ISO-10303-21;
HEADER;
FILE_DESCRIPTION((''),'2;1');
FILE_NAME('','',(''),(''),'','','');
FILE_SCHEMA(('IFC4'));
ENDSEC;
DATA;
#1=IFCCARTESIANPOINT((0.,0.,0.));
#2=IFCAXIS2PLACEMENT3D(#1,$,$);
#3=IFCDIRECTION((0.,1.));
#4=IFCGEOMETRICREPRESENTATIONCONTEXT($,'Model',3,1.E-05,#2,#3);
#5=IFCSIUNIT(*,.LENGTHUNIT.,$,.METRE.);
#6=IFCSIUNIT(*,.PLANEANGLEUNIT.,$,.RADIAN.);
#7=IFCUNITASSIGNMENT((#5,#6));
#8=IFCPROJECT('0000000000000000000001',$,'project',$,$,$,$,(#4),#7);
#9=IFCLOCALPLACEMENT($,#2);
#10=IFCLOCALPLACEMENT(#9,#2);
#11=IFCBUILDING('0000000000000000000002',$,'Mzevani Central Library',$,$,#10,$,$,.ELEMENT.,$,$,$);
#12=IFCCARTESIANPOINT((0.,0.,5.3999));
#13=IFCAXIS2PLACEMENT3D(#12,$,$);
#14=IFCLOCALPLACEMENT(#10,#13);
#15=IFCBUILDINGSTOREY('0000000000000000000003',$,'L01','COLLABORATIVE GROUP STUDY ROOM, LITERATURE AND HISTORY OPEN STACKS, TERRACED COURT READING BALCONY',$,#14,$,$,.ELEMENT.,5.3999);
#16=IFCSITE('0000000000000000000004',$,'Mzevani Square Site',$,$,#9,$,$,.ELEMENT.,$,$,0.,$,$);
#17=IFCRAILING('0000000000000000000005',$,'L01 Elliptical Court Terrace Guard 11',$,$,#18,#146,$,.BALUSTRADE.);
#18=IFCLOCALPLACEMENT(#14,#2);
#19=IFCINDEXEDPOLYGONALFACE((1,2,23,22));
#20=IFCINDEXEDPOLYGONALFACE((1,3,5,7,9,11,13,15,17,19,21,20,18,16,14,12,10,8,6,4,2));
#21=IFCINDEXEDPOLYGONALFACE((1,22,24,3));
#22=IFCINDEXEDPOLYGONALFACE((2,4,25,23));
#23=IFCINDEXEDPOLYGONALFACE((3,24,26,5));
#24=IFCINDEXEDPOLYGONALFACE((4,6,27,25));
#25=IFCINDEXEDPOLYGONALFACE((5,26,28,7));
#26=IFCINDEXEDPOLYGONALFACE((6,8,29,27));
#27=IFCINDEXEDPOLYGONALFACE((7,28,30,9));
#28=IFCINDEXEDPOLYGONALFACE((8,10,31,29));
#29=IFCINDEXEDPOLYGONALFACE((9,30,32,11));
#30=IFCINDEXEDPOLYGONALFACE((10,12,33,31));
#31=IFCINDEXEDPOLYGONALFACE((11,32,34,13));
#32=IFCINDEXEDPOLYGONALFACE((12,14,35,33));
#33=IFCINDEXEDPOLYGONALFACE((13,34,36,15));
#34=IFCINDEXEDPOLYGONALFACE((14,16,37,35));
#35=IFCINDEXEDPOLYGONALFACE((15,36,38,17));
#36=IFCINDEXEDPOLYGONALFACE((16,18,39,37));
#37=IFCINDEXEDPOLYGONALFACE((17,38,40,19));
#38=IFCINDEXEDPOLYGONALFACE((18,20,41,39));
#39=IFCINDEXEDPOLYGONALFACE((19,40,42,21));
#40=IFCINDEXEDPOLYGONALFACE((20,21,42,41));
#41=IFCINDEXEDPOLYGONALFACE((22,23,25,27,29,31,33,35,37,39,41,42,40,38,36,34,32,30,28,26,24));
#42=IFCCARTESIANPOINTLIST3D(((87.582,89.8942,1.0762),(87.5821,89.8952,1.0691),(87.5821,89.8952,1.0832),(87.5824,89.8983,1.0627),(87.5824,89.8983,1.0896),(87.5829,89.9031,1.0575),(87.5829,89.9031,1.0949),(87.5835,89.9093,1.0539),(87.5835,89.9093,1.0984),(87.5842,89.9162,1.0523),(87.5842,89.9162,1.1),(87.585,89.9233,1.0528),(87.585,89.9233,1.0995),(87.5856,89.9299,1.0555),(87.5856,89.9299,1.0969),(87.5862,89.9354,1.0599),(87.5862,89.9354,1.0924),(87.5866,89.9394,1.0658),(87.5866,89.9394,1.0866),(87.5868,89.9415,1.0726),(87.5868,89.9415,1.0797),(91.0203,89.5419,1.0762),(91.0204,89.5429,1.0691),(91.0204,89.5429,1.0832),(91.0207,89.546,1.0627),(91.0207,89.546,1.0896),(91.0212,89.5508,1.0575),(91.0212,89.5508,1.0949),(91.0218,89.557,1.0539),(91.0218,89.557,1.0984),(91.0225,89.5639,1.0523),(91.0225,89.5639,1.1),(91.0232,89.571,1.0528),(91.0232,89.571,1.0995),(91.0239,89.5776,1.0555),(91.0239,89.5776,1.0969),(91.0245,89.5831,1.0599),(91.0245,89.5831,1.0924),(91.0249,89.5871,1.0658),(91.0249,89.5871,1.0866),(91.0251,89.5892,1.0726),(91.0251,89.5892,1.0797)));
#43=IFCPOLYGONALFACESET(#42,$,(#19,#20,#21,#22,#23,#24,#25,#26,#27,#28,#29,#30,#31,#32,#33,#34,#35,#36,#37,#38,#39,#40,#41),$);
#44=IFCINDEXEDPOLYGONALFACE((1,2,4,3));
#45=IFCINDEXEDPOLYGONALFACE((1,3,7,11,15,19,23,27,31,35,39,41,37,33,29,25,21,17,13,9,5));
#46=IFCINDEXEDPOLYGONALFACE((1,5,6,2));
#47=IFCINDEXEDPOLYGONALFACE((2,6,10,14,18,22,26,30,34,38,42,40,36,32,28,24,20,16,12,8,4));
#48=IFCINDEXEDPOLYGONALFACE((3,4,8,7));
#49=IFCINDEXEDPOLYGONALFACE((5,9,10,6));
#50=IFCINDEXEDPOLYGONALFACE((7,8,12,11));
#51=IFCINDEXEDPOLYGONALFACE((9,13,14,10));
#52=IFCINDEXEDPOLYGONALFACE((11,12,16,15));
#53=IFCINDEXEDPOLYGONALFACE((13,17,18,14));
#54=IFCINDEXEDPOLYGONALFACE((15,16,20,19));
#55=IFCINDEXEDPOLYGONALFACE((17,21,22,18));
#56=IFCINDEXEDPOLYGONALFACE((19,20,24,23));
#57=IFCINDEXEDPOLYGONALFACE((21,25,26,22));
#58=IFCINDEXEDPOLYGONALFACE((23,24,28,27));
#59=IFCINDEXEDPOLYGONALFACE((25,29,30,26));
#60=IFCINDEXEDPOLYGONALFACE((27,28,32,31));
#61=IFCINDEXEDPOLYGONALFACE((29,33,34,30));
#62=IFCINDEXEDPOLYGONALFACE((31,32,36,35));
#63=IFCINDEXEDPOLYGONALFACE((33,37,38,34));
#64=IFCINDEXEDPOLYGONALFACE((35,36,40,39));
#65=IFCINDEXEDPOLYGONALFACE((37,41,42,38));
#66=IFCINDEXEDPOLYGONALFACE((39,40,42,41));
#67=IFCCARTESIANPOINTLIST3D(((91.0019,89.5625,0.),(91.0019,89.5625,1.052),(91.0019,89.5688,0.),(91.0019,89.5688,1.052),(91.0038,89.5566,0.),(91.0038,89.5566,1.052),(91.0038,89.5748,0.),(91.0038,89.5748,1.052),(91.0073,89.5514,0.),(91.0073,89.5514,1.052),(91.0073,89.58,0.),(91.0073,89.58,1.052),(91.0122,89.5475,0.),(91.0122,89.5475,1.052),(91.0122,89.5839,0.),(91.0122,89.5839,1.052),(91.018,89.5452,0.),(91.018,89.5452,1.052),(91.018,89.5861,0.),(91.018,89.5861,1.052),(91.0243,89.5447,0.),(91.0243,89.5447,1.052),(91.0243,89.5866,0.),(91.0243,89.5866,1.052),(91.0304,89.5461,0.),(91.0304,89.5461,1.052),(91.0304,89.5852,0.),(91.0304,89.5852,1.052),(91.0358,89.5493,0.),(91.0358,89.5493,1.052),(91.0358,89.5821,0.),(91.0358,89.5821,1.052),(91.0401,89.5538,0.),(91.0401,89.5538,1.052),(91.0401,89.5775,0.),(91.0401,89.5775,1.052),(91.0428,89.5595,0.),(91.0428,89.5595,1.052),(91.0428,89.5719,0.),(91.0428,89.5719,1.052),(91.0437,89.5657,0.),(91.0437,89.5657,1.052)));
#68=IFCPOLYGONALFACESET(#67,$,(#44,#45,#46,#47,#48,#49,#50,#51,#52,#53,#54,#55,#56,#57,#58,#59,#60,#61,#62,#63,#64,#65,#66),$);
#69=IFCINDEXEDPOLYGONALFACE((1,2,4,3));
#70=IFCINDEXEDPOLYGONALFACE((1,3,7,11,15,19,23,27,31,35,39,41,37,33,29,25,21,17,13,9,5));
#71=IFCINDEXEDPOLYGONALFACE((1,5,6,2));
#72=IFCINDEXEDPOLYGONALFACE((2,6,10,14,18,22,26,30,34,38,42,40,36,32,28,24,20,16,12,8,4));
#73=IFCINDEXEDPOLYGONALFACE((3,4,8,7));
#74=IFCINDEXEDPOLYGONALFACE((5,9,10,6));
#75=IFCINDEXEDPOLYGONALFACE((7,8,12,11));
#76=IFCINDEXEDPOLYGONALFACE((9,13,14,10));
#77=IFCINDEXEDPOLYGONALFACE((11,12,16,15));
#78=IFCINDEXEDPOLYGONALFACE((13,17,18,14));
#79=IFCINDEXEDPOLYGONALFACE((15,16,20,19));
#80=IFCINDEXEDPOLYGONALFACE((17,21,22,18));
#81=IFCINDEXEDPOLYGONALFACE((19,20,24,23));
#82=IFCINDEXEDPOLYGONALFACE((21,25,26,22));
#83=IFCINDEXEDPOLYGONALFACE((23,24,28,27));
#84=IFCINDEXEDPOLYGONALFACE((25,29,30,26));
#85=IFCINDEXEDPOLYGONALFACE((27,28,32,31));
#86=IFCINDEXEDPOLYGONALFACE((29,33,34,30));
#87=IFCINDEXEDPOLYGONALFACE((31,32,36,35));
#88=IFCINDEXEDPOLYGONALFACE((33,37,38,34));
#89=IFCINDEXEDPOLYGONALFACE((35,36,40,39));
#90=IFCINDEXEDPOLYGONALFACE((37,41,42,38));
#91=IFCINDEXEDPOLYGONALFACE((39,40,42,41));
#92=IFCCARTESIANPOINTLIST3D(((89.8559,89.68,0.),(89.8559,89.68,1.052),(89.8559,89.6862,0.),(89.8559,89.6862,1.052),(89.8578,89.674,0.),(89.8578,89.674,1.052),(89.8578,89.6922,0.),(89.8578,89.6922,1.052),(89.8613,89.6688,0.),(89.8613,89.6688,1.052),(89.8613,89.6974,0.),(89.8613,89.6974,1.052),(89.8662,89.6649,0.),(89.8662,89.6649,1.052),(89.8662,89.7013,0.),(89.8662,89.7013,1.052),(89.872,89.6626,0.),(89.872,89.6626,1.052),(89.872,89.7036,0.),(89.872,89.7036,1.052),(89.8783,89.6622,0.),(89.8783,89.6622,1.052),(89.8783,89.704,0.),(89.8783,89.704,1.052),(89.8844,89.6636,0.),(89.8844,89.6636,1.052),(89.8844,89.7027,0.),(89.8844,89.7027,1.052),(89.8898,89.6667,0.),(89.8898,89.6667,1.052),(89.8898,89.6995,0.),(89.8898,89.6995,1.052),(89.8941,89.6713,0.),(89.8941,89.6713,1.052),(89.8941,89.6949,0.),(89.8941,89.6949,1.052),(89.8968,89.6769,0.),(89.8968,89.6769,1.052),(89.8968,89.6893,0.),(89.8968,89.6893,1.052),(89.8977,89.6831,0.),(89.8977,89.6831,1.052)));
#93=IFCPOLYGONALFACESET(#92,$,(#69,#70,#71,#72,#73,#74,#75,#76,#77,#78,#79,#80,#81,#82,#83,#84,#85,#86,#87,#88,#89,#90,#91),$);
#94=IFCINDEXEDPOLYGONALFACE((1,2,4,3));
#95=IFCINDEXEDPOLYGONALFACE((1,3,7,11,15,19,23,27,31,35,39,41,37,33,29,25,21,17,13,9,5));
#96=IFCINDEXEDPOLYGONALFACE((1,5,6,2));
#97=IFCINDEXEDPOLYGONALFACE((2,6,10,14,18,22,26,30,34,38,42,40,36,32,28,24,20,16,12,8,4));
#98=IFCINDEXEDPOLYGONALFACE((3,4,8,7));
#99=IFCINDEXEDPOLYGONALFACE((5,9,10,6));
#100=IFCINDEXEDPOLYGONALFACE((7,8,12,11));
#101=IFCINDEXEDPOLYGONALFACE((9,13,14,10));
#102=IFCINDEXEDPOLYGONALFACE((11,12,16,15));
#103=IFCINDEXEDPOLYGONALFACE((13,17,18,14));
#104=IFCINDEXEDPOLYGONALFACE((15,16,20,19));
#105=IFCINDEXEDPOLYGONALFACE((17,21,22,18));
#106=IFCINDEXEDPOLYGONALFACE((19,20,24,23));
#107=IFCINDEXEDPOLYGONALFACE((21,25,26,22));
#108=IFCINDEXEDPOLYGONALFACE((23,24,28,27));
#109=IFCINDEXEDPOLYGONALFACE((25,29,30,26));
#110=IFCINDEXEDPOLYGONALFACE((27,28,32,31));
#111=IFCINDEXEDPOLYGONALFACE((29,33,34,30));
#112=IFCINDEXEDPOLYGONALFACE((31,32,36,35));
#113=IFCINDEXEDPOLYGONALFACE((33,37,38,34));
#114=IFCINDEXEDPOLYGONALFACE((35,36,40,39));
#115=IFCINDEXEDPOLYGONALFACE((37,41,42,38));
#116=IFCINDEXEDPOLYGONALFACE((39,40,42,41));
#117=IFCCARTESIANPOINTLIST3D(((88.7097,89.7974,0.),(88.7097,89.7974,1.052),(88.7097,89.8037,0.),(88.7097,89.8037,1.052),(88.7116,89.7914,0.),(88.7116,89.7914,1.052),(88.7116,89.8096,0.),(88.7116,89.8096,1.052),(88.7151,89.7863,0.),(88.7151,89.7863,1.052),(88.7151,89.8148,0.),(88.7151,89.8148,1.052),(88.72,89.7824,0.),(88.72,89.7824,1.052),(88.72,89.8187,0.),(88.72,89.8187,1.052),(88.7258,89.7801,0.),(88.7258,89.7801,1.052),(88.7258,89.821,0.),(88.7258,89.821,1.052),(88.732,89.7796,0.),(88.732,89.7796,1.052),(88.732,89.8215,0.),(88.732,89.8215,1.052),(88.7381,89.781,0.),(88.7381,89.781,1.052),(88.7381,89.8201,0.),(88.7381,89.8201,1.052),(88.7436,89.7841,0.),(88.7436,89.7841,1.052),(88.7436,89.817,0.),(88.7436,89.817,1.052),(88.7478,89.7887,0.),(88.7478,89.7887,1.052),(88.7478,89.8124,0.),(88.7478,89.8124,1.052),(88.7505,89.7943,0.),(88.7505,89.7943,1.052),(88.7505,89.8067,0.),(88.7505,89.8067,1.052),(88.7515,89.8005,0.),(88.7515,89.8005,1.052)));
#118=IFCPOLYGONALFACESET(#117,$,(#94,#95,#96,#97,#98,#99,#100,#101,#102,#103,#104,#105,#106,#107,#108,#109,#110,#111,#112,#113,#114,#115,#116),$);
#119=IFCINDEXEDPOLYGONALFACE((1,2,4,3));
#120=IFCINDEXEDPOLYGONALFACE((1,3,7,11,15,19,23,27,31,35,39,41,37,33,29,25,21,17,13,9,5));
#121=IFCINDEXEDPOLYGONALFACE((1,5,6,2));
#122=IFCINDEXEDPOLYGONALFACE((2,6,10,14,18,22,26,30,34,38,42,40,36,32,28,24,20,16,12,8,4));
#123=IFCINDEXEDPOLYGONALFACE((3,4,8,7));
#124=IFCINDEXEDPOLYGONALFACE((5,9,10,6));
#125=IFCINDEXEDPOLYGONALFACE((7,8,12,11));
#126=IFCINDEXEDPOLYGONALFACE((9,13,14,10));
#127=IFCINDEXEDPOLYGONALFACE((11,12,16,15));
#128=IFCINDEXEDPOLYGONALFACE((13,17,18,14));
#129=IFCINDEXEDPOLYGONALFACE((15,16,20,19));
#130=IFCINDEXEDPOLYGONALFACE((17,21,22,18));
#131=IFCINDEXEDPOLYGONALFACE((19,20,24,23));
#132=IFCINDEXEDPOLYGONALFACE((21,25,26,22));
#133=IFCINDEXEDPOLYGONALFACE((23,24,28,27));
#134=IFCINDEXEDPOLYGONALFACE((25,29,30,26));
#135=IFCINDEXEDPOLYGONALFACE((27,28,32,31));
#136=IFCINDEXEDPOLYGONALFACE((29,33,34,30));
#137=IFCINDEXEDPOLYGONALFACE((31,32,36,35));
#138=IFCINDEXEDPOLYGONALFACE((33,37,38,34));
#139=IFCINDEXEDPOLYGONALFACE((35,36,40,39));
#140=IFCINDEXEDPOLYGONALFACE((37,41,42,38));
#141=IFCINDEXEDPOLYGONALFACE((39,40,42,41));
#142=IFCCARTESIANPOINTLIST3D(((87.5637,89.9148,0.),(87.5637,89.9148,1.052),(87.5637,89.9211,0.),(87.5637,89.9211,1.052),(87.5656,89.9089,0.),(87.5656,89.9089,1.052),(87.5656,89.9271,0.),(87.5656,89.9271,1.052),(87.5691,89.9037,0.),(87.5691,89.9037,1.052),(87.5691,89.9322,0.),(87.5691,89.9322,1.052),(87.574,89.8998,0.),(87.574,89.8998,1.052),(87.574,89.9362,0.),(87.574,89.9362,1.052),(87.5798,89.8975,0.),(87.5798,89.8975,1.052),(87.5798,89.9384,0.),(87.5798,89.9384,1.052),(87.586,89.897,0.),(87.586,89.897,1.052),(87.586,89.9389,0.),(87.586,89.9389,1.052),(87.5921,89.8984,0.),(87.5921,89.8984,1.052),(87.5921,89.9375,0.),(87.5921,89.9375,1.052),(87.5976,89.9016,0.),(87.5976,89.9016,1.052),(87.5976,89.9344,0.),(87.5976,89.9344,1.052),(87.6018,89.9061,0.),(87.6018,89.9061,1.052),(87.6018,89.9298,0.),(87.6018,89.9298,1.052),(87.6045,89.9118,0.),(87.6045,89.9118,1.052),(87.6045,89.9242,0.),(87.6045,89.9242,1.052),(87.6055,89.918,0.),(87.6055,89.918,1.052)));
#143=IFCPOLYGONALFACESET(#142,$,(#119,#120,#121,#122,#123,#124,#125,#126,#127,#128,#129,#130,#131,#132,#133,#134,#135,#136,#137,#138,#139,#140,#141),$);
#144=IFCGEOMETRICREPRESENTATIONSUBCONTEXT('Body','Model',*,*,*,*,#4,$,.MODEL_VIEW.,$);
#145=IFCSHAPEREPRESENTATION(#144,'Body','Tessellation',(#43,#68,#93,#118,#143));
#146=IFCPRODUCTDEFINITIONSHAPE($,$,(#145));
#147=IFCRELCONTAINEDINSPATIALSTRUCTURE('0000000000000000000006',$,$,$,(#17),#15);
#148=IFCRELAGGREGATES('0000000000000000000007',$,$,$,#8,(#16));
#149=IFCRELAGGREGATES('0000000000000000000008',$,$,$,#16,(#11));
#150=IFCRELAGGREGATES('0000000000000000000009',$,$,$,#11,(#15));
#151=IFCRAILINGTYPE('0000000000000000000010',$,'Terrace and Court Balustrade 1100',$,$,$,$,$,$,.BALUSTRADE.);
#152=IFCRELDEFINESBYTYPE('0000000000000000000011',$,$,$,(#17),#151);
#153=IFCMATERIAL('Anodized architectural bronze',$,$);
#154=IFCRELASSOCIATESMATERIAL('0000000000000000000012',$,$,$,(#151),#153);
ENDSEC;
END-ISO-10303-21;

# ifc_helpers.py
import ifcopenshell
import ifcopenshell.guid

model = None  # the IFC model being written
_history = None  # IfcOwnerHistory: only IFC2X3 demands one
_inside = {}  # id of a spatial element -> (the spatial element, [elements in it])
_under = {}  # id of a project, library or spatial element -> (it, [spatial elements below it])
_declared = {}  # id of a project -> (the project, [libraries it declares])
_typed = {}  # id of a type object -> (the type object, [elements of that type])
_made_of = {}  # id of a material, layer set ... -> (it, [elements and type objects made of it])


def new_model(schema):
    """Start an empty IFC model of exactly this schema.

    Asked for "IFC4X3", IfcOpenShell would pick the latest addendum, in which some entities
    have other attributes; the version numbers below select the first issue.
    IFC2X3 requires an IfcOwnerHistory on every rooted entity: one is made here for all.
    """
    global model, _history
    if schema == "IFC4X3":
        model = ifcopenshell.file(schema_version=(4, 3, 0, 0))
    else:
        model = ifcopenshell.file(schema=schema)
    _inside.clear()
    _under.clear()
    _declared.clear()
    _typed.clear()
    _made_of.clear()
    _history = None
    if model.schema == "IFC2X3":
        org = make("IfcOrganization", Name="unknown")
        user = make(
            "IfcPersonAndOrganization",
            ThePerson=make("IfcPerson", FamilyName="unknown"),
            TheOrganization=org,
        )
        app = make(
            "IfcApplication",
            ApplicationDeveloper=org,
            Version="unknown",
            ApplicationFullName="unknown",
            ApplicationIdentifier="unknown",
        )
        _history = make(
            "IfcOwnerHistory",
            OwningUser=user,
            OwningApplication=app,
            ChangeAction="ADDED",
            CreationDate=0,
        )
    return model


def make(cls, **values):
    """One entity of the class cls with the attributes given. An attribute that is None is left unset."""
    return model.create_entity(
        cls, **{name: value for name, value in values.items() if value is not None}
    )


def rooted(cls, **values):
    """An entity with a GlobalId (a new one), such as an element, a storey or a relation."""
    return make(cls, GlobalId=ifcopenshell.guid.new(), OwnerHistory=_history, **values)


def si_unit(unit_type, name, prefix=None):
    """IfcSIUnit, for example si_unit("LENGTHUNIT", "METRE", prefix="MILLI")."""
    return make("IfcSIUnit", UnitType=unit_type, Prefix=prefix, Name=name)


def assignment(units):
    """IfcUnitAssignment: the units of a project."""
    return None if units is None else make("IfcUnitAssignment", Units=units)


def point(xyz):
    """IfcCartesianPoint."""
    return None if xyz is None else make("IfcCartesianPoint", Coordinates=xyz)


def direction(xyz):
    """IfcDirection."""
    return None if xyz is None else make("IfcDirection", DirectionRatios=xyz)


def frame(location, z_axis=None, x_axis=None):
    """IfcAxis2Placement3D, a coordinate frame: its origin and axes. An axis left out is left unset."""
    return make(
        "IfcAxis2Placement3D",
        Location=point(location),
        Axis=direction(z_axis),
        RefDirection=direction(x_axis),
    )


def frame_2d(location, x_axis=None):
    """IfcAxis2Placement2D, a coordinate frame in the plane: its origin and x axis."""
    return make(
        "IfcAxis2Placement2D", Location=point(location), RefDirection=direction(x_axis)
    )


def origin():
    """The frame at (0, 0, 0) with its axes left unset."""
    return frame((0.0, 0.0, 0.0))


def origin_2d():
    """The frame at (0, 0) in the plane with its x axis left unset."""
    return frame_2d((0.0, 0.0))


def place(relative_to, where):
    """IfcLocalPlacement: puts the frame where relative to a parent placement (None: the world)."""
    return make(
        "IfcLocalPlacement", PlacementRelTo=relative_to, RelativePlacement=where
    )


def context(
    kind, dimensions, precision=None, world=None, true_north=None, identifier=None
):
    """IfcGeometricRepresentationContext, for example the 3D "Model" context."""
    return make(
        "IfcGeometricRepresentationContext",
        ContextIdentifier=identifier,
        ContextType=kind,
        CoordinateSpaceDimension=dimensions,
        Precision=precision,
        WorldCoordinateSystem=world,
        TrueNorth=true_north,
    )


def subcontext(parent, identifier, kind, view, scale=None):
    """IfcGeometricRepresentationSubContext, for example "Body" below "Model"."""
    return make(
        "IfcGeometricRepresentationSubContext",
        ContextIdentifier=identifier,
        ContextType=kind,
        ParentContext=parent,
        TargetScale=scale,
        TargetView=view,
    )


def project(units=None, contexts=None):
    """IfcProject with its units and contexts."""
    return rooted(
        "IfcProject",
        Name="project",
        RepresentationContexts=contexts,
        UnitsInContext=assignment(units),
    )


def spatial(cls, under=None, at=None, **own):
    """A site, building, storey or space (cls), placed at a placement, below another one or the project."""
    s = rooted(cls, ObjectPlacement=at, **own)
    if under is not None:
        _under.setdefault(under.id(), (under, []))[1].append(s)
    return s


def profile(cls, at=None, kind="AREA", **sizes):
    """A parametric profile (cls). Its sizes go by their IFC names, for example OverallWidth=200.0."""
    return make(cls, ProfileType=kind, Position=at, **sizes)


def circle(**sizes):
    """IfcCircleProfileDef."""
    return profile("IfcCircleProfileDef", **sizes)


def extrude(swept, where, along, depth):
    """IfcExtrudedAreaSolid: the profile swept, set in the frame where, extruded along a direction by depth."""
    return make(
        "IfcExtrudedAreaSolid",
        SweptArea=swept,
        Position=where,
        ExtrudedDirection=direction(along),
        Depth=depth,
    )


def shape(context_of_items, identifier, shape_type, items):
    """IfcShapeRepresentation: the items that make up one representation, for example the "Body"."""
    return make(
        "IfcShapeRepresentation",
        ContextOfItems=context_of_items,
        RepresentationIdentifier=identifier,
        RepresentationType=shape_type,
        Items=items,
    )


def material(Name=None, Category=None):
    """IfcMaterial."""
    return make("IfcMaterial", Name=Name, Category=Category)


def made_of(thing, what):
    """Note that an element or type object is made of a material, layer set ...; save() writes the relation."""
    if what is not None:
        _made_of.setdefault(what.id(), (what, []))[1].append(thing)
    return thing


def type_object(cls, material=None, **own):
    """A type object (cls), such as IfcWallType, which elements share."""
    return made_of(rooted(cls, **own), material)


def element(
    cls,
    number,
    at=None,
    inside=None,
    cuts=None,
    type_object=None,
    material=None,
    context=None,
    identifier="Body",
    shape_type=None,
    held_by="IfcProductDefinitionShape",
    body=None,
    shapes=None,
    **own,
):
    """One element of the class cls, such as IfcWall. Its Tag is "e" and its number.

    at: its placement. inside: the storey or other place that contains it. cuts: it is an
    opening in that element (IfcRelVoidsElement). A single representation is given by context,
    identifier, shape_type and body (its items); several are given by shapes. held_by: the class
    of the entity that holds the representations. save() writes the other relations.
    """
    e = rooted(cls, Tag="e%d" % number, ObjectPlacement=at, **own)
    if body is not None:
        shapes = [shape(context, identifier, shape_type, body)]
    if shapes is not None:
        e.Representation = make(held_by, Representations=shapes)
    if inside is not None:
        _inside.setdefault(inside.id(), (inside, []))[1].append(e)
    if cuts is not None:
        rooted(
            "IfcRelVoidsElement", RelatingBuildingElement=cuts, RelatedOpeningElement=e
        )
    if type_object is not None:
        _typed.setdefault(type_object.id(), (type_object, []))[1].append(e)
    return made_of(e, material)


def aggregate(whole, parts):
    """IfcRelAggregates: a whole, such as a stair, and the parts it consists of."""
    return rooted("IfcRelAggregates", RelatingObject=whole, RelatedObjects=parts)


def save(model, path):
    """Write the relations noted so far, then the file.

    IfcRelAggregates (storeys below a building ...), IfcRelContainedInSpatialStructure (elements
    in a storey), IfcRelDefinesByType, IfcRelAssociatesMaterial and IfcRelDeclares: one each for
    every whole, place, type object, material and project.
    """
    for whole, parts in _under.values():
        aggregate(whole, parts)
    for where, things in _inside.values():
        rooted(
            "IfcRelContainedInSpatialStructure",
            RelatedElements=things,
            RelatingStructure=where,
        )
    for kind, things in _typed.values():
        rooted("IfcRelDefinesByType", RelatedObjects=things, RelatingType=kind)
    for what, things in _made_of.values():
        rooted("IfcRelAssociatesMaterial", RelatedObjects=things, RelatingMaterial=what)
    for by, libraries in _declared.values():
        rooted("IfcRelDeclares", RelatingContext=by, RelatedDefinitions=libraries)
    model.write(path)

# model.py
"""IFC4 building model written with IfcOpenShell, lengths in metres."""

from ifc_helpers import new_model, si_unit, direction, frame, origin, origin_2d, place, context, subcontext, project, spatial, circle, extrude, material, type_object, element, save


model = new_model("IFC4")

# Units and contexts
model_context = context("Model", 3, precision=1e-05, world=origin(), true_north=direction((0.0, 1.0)))
body_context = subcontext(model_context, "Body", "Model", "MODEL_VIEW")
ifc_project = project(units=[si_unit("LENGTHUNIT", "METRE"), si_unit("PLANEANGLEUNIT", "RADIAN")], contexts=[model_context])

# Site, building, storey
site_placement = place(None, origin())
site = spatial("IfcSite", under=ifc_project, at=site_placement, Name="Mzevani Square Site", CompositionType="ELEMENT", RefElevation=0.0)
building_placement = place(site_placement, origin())
building = spatial("IfcBuilding", under=site, at=building_placement, Name="Mzevani Central Library", CompositionType="ELEMENT")
storey_placement = place(building_placement, frame((0.0, 0.0, 5.3999)))
storey = spatial("IfcBuildingStorey", under=building, at=storey_placement, Name="L01", Description="COLLABORATIVE GROUP STUDY ROOM, LITERATURE AND HISTORY OPEN STACKS, TERRACED COURT READING BALCONY", CompositionType="ELEMENT", Elevation=5.3999)

# Railing
ifc_material_1 = material(Name="Anodized architectural bronze")
railing_type = type_object("IfcRailingType", Name="Terrace and Court Balustrade 1100", PredefinedType="BALUSTRADE", material=ifc_material_1)
railing_1_placement = place(storey_placement, frame((91.0227, 89.5657, 0.0)))
element("IfcRailing", 1, at=railing_1_placement, inside=storey, type_object=railing_type, Name="L01 Elliptical Court Terrace Guard 11", PredefinedType="BALUSTRADE", context=body_context, shape_type="SweptSolid", body=[
    extrude(circle(Radius=0.0239, at=origin_2d()), frame((0.0, 0.0, 1.0762), z_axis=(-0.994792, 0.10193, 0.0), x_axis=(-0.10193, -0.994792, 0.0)), (0.0, 0.0, 1.0), 3.4563),
    extrude(circle(Radius=0.021, at=origin_2d()), origin(), (0.0, 0.0, 1.0), 1.052),
    extrude(circle(Radius=0.021, at=origin_2d()), frame((-1.146, 0.1174, 0.0)), (0.0, 0.0, 1.0), 1.052),
    extrude(circle(Radius=0.021, at=origin_2d()), frame((-2.2922, 0.2349, 0.0)), (0.0, 0.0, 1.0), 1.052),
    extrude(circle(Radius=0.021, at=origin_2d()), frame((-3.4382, 0.3523, 0.0)), (0.0, 0.0, 1.0), 1.052),
])

save(model, "model.ifc")
